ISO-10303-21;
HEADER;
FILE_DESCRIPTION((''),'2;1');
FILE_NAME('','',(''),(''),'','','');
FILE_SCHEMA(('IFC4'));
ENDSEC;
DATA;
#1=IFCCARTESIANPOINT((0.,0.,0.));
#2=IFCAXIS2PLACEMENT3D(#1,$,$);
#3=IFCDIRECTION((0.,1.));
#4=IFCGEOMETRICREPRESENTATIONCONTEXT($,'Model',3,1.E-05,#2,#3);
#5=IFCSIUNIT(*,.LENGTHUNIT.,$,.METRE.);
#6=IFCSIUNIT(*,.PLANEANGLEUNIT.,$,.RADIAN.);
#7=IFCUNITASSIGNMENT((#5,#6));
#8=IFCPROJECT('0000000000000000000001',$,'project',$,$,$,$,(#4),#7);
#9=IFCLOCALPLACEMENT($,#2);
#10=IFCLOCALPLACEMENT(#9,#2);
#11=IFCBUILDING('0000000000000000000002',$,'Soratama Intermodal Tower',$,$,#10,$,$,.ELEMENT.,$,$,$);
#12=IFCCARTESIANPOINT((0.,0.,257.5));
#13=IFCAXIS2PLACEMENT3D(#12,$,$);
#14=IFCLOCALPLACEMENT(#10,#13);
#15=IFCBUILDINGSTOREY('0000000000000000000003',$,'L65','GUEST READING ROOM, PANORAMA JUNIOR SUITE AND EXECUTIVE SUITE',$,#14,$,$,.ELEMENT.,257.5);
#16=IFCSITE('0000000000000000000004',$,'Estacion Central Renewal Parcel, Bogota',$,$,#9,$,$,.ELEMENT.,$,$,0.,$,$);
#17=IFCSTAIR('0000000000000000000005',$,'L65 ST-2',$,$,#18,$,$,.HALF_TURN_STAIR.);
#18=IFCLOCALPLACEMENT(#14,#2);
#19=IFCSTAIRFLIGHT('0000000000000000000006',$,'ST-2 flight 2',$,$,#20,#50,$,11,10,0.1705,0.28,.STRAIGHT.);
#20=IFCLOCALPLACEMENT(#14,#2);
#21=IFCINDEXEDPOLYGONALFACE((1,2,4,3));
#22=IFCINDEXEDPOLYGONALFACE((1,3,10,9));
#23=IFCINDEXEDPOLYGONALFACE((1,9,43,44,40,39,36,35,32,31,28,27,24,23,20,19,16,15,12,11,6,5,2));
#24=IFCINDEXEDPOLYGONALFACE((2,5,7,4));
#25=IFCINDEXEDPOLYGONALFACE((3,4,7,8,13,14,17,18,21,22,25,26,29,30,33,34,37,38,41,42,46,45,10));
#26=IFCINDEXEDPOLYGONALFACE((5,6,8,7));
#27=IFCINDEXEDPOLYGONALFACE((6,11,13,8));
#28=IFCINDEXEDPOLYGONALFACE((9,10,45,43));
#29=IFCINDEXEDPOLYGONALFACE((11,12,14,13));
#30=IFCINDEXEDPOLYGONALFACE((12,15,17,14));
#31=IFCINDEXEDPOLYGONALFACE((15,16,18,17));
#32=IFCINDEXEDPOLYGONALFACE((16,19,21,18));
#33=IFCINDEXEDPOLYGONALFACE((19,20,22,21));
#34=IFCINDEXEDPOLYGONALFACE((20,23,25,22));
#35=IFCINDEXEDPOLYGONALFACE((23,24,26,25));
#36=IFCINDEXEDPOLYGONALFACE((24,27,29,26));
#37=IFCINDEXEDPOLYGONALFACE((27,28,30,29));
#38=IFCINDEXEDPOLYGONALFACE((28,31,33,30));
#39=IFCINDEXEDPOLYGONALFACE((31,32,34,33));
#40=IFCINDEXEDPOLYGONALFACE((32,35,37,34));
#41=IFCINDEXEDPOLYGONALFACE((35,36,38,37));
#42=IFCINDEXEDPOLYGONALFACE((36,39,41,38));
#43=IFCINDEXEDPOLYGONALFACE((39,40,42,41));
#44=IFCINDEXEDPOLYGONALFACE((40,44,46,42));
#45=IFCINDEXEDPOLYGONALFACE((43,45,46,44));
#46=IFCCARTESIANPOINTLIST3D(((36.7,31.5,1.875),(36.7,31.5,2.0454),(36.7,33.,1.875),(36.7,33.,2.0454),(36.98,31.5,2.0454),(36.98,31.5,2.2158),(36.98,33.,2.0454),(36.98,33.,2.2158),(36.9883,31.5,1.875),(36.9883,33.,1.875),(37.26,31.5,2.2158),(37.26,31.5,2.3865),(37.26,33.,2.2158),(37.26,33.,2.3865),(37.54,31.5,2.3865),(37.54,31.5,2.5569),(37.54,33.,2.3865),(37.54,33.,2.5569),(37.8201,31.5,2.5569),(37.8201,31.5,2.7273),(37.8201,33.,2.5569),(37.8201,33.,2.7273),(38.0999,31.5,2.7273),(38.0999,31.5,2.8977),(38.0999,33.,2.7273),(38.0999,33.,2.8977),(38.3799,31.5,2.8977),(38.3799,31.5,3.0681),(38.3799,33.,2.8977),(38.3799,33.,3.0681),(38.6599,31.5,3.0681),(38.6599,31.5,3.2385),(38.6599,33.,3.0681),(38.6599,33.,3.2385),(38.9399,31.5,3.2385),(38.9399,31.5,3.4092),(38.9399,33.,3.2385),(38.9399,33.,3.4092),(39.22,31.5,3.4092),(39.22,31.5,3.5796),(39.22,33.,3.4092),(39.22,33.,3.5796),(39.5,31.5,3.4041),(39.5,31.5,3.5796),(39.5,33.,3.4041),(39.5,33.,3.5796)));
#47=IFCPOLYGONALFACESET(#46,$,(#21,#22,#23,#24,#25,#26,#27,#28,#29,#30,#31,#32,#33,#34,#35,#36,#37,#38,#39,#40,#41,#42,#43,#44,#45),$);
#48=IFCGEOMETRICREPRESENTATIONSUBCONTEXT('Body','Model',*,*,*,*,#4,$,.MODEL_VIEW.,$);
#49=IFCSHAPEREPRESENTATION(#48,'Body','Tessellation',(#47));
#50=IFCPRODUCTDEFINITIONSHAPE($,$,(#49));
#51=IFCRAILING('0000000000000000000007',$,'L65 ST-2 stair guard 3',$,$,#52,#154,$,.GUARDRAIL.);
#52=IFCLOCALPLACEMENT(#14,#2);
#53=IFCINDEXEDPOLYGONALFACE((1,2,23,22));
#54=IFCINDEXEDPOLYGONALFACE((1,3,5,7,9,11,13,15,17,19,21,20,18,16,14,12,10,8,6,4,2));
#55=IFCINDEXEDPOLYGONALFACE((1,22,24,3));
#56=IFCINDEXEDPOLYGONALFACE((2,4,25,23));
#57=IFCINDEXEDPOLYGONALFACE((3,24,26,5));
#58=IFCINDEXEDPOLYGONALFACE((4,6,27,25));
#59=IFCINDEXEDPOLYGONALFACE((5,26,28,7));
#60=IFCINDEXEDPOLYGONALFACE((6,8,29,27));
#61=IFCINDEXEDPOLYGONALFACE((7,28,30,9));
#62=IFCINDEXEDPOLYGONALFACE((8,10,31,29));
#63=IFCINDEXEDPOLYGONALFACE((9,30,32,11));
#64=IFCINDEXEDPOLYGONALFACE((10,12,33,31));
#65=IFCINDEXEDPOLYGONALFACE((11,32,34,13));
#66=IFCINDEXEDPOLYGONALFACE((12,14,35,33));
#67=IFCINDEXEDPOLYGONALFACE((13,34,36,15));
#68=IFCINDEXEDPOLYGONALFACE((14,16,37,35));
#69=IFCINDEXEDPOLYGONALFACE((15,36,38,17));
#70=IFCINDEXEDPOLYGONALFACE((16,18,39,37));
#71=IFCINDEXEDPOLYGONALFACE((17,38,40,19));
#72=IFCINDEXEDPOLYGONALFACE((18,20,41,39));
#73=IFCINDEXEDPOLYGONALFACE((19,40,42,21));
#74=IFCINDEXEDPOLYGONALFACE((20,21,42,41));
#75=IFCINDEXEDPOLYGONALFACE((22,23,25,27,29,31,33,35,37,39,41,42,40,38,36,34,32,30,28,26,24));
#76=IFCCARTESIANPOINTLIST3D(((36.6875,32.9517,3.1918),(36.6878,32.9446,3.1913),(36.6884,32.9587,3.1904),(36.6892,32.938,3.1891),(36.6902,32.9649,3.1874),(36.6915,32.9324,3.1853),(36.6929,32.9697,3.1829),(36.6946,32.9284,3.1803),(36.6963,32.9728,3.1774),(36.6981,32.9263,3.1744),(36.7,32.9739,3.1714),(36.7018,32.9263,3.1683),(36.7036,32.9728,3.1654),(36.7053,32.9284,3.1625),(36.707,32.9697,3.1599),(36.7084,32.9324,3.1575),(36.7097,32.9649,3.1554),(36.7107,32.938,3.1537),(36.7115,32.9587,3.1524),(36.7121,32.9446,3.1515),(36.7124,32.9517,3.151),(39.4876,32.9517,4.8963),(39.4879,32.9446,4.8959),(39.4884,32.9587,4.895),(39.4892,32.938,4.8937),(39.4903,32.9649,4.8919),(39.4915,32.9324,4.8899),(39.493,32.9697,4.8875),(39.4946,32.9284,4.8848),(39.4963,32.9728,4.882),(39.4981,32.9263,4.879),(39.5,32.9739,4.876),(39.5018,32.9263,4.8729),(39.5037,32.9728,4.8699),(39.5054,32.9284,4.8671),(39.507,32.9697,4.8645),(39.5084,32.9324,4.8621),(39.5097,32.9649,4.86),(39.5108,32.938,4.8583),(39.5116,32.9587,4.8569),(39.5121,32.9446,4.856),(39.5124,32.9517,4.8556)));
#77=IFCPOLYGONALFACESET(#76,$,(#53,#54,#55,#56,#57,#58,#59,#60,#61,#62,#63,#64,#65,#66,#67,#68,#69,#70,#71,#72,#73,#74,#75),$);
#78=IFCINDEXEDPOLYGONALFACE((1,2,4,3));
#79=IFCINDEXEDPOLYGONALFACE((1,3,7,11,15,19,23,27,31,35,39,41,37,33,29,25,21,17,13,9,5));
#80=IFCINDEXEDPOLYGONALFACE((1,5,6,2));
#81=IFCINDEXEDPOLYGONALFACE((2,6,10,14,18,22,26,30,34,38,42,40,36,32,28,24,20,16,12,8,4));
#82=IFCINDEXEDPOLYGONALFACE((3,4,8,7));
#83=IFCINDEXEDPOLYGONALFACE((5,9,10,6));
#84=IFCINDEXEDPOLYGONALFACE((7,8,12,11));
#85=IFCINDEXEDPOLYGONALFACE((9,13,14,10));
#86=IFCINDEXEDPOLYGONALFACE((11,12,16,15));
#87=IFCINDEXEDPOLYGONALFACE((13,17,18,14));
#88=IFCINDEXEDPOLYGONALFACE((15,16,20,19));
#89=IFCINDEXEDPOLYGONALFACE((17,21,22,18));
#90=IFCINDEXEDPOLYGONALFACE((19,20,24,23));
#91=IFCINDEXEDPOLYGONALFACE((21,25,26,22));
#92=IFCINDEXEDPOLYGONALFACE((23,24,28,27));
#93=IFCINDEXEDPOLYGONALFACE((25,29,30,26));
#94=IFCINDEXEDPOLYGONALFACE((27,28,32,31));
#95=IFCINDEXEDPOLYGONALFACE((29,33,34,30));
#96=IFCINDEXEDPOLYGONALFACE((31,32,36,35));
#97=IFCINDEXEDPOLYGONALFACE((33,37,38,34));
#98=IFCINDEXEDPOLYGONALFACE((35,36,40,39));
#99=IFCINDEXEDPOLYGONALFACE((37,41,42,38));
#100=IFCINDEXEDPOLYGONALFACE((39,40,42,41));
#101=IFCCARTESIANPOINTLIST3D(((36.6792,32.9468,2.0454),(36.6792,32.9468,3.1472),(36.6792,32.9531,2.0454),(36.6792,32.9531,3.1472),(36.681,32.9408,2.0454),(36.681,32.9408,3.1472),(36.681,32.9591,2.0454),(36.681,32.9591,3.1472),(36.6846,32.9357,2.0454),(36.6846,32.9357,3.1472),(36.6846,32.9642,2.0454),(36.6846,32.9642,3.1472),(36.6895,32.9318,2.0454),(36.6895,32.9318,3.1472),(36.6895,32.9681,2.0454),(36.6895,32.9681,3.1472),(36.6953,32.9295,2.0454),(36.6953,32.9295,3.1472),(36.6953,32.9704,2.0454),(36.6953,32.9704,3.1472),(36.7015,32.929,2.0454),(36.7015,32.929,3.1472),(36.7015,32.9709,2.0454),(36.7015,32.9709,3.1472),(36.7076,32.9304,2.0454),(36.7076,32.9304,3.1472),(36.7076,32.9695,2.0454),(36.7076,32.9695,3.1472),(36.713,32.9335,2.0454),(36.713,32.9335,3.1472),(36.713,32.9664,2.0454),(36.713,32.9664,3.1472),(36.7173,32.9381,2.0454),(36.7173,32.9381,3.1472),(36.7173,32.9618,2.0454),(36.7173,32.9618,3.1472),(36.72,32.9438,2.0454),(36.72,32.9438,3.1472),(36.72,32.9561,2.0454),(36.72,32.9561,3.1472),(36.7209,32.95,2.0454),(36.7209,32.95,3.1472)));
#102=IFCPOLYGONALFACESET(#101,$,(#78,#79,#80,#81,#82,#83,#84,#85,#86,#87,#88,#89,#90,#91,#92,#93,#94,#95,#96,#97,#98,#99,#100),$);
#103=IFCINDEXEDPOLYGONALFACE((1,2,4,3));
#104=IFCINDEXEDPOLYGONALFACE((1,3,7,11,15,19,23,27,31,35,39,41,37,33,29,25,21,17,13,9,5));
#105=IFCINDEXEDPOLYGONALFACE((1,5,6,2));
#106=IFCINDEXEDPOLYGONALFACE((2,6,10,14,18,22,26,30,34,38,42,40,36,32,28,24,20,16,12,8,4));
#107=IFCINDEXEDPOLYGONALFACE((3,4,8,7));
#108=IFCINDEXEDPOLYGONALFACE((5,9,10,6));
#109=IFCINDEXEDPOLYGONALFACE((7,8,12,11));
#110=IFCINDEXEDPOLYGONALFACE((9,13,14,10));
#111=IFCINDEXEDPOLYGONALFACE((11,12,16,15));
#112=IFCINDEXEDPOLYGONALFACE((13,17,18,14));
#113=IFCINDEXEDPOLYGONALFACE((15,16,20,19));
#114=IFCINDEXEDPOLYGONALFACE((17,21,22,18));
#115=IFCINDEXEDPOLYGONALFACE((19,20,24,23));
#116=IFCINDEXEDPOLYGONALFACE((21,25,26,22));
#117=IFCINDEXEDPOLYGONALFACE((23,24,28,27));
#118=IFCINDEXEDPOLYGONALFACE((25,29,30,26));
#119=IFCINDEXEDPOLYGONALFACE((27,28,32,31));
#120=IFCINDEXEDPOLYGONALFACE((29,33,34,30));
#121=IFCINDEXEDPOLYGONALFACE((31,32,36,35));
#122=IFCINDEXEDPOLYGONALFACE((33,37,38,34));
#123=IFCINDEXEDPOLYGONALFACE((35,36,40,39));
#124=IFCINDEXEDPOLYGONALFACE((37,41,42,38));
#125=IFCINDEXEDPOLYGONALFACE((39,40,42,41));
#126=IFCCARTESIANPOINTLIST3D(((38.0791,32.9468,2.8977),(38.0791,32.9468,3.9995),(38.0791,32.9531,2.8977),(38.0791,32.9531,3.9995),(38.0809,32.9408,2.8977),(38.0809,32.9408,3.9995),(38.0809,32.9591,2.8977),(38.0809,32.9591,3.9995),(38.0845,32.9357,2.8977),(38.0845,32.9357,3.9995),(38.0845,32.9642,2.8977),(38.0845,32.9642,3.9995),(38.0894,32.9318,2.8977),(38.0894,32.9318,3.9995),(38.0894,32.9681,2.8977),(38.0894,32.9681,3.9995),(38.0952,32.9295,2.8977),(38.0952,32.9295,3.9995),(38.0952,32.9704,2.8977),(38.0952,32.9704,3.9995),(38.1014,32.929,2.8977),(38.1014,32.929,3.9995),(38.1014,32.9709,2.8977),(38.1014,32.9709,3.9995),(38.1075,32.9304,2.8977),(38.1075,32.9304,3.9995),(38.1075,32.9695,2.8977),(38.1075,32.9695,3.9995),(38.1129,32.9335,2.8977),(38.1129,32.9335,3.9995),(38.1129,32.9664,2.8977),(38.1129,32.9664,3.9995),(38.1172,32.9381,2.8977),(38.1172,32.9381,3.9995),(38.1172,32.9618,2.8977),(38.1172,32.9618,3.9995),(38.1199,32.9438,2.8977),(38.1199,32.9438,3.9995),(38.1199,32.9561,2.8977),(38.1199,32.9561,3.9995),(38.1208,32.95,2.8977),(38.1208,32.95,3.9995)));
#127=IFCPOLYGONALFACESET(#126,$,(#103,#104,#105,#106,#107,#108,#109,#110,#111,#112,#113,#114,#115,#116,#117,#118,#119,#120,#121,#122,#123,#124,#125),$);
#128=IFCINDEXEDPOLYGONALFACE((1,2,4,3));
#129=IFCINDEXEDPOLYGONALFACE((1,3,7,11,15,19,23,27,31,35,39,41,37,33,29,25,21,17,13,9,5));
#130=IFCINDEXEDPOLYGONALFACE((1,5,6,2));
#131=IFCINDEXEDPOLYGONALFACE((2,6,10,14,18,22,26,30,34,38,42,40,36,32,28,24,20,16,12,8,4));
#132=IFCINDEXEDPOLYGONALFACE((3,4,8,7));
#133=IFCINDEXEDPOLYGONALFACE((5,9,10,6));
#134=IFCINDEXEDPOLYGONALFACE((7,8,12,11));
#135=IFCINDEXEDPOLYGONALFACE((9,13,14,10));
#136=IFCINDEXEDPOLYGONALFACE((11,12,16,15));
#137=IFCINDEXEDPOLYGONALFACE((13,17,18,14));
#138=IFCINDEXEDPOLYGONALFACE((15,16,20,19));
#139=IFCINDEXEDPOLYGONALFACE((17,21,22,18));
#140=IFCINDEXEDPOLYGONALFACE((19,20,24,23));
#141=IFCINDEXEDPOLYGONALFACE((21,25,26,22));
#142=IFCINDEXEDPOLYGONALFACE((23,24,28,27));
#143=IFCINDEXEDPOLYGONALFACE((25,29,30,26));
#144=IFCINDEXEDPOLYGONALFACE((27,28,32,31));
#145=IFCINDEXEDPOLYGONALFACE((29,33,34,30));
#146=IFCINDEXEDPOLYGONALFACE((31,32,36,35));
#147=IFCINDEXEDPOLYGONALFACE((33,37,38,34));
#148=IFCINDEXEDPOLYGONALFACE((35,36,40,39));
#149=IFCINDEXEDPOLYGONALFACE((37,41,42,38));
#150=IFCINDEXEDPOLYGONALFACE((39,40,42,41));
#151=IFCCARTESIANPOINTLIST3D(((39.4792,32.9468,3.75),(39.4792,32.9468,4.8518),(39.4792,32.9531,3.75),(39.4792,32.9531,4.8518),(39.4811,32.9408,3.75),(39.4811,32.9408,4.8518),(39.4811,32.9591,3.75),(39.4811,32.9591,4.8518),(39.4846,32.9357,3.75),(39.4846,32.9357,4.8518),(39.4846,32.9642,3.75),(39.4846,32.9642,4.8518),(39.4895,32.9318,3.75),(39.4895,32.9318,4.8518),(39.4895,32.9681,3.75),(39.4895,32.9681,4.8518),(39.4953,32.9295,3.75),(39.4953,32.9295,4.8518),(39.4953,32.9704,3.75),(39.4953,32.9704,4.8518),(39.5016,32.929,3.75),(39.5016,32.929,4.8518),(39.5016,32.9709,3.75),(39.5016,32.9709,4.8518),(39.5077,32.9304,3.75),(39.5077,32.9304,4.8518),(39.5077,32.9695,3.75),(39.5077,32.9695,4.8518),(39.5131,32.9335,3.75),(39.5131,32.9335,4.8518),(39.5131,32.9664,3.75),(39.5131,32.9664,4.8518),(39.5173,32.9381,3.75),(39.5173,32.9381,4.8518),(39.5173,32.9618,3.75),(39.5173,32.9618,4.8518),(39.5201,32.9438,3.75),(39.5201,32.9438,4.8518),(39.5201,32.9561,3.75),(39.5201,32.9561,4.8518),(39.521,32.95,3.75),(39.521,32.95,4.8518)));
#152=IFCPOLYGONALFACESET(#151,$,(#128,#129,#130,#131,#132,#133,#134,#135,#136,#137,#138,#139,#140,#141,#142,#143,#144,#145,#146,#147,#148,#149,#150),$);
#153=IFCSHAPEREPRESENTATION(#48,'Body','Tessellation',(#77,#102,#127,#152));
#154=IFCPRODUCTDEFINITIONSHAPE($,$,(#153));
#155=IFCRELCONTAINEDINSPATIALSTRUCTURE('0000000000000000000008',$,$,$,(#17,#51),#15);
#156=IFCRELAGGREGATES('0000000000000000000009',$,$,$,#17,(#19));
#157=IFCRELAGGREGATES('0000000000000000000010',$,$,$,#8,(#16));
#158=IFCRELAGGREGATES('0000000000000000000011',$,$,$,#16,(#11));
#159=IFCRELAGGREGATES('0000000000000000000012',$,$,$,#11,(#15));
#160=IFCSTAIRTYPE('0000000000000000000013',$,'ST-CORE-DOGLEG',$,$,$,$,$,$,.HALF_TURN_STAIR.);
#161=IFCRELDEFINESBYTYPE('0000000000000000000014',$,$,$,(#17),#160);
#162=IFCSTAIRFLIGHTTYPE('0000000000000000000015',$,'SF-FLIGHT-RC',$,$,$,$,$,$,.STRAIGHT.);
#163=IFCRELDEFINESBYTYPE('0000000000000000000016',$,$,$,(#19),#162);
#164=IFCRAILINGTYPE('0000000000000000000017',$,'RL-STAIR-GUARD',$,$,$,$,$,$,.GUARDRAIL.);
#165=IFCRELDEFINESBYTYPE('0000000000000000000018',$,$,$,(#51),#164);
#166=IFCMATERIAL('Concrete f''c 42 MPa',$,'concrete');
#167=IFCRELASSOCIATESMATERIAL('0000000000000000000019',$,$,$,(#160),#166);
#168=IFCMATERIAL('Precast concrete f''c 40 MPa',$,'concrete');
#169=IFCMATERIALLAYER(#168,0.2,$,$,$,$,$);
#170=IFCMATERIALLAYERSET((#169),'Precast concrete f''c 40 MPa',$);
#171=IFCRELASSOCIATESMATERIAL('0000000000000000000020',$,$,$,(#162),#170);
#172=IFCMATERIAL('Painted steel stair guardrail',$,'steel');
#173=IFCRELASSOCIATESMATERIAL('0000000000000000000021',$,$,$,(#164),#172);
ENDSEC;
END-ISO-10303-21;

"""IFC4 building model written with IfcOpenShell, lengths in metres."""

from ifc_helpers import new_model, si_unit, direction, frame, origin, origin_2d, place, context, subcontext, project, spatial, polyline, circle, outline, extrude, material, layer, layer_set, type_object, element, aggregate, save


model = new_model("IFC4")

# Units and contexts
model_context = context("Model", 3, precision=1e-05, world=origin(), true_north=direction((0.0, 1.0)))
body_context = subcontext(model_context, "Body", "Model", "MODEL_VIEW")
ifc_project = project(units=[si_unit("LENGTHUNIT", "METRE"), si_unit("PLANEANGLEUNIT", "RADIAN")], contexts=[model_context])

# Site, building, storey
site_placement = place(None, origin())
site = spatial("IfcSite", under=ifc_project, at=site_placement, Name="Estacion Central Renewal Parcel, Bogota", CompositionType="ELEMENT", RefElevation=0.0)
building_placement = place(site_placement, origin())
building = spatial("IfcBuilding", under=site, at=building_placement, Name="Soratama Intermodal Tower", CompositionType="ELEMENT")
storey_placement = place(building_placement, frame((0.0, 0.0, 257.5)))
storey = spatial("IfcBuildingStorey", under=building, at=storey_placement, Name="L65", Description="GUEST READING ROOM, PANORAMA JUNIOR SUITE AND EXECUTIVE SUITE", CompositionType="ELEMENT", Elevation=257.5)

# Stair, stair flight
ifc_material_1 = material(Name="Concrete f'c 42 MPa", Category="concrete")
stair_type = type_object("IfcStairType", Name="ST-CORE-DOGLEG", PredefinedType="HALF_TURN_STAIR", material=ifc_material_1)
stair_placement = place(storey_placement, origin())
stair = element("IfcStair", 1, at=stair_placement, inside=storey, type_object=stair_type, Name="L65 ST-2", PredefinedType="HALF_TURN_STAIR")
ifc_material_2 = material(Name="Precast concrete f'c 40 MPa", Category="concrete")
ifc_layer_1 = layer(ifc_material_2, 0.2)
ifc_layer_set_1 = layer_set([ifc_layer_1], Name="Precast concrete f'c 40 MPa")
stair_flight_type = type_object("IfcStairFlightType", Name="SF-FLIGHT-RC", PredefinedType="STRAIGHT", material=ifc_layer_set_1)
stair_flight_placement = place(storey_placement, frame((36.7, 32.25, 1.875), z_axis=(0.0, 0.0, 1.0), x_axis=(1.0, 0.0, 0.0)))
stair_flight = element("IfcStairFlight", 2, at=stair_flight_placement, type_object=stair_flight_type, Name="ST-2 flight 2", NumberOfRisers=11, NumberOfTreads=10, PredefinedType="STRAIGHT", RiserHeight=0.1705, TreadLength=0.28, context=body_context, shape_type="SweptSolid", body=[
    extrude(outline(polyline([(0.0, 0.0), (0.0, 0.1704), (0.28, 0.1704), (0.28, 0.3408), (0.5601, 0.3408), (0.5601, 0.5115), (0.8401, 0.5115), (0.8401, 0.6819), (1.1201, 0.6819), (1.1201, 0.8523), (1.3999, 0.8523), (1.3999, 1.0227), (1.6799, 1.0227), (1.6799, 1.1931), (1.96, 1.1931), (1.96, 1.3635), (2.24, 1.3635), (2.24, 1.5342), (2.52, 1.5342), (2.52, 1.7046), (2.8, 1.7046), (2.8, 1.875), (2.8, 1.5291), (0.2883, 0.0), (0.0, 0.0)])), frame((0.0, 0.75, 0.0), z_axis=(0.0, -1.0, 0.0), x_axis=(1.0, 0.0, 0.0)), (0.0, 0.0, 1.0), 1.5),
])
aggregate(stair, [stair_flight])

# Railing
ifc_material_3 = material(Name="Painted steel stair guardrail", Category="steel")
railing_type_1 = type_object("IfcRailingType", Name="RL-STAIR-GUARD", PredefinedType="GUARDRAIL", material=ifc_material_3)
railing_1_placement = place(storey_placement, frame((36.7, 32.95, 2.0454)))
element("IfcRailing", 3, at=railing_1_placement, inside=storey, type_object=railing_type_1, Name="L65 ST-2 stair guard 3", PredefinedType="GUARDRAIL", context=body_context, shape_type="SweptSolid", body=[
    extrude(circle(Radius=0.0239, at=origin_2d()), frame((0.0, 0.0, 1.126), z_axis=(0.85417, 0.0, 0.519994), x_axis=(0.0, 1.0, 0.0)), (0.0, 0.0, 1.0), 3.2781),
    extrude(circle(Radius=0.021, at=origin_2d()), origin(), (0.0, 0.0, 1.0), 1.1018),
    extrude(circle(Radius=0.021, at=origin_2d()), frame((1.3999, 0.0, 0.8523)), (0.0, 0.0, 1.0), 1.1018),
    extrude(circle(Radius=0.021, at=origin_2d()), frame((2.8, 0.0, 1.7046)), (0.0, 0.0, 1.0), 1.1018),
])

save(model, "model.ifc")
